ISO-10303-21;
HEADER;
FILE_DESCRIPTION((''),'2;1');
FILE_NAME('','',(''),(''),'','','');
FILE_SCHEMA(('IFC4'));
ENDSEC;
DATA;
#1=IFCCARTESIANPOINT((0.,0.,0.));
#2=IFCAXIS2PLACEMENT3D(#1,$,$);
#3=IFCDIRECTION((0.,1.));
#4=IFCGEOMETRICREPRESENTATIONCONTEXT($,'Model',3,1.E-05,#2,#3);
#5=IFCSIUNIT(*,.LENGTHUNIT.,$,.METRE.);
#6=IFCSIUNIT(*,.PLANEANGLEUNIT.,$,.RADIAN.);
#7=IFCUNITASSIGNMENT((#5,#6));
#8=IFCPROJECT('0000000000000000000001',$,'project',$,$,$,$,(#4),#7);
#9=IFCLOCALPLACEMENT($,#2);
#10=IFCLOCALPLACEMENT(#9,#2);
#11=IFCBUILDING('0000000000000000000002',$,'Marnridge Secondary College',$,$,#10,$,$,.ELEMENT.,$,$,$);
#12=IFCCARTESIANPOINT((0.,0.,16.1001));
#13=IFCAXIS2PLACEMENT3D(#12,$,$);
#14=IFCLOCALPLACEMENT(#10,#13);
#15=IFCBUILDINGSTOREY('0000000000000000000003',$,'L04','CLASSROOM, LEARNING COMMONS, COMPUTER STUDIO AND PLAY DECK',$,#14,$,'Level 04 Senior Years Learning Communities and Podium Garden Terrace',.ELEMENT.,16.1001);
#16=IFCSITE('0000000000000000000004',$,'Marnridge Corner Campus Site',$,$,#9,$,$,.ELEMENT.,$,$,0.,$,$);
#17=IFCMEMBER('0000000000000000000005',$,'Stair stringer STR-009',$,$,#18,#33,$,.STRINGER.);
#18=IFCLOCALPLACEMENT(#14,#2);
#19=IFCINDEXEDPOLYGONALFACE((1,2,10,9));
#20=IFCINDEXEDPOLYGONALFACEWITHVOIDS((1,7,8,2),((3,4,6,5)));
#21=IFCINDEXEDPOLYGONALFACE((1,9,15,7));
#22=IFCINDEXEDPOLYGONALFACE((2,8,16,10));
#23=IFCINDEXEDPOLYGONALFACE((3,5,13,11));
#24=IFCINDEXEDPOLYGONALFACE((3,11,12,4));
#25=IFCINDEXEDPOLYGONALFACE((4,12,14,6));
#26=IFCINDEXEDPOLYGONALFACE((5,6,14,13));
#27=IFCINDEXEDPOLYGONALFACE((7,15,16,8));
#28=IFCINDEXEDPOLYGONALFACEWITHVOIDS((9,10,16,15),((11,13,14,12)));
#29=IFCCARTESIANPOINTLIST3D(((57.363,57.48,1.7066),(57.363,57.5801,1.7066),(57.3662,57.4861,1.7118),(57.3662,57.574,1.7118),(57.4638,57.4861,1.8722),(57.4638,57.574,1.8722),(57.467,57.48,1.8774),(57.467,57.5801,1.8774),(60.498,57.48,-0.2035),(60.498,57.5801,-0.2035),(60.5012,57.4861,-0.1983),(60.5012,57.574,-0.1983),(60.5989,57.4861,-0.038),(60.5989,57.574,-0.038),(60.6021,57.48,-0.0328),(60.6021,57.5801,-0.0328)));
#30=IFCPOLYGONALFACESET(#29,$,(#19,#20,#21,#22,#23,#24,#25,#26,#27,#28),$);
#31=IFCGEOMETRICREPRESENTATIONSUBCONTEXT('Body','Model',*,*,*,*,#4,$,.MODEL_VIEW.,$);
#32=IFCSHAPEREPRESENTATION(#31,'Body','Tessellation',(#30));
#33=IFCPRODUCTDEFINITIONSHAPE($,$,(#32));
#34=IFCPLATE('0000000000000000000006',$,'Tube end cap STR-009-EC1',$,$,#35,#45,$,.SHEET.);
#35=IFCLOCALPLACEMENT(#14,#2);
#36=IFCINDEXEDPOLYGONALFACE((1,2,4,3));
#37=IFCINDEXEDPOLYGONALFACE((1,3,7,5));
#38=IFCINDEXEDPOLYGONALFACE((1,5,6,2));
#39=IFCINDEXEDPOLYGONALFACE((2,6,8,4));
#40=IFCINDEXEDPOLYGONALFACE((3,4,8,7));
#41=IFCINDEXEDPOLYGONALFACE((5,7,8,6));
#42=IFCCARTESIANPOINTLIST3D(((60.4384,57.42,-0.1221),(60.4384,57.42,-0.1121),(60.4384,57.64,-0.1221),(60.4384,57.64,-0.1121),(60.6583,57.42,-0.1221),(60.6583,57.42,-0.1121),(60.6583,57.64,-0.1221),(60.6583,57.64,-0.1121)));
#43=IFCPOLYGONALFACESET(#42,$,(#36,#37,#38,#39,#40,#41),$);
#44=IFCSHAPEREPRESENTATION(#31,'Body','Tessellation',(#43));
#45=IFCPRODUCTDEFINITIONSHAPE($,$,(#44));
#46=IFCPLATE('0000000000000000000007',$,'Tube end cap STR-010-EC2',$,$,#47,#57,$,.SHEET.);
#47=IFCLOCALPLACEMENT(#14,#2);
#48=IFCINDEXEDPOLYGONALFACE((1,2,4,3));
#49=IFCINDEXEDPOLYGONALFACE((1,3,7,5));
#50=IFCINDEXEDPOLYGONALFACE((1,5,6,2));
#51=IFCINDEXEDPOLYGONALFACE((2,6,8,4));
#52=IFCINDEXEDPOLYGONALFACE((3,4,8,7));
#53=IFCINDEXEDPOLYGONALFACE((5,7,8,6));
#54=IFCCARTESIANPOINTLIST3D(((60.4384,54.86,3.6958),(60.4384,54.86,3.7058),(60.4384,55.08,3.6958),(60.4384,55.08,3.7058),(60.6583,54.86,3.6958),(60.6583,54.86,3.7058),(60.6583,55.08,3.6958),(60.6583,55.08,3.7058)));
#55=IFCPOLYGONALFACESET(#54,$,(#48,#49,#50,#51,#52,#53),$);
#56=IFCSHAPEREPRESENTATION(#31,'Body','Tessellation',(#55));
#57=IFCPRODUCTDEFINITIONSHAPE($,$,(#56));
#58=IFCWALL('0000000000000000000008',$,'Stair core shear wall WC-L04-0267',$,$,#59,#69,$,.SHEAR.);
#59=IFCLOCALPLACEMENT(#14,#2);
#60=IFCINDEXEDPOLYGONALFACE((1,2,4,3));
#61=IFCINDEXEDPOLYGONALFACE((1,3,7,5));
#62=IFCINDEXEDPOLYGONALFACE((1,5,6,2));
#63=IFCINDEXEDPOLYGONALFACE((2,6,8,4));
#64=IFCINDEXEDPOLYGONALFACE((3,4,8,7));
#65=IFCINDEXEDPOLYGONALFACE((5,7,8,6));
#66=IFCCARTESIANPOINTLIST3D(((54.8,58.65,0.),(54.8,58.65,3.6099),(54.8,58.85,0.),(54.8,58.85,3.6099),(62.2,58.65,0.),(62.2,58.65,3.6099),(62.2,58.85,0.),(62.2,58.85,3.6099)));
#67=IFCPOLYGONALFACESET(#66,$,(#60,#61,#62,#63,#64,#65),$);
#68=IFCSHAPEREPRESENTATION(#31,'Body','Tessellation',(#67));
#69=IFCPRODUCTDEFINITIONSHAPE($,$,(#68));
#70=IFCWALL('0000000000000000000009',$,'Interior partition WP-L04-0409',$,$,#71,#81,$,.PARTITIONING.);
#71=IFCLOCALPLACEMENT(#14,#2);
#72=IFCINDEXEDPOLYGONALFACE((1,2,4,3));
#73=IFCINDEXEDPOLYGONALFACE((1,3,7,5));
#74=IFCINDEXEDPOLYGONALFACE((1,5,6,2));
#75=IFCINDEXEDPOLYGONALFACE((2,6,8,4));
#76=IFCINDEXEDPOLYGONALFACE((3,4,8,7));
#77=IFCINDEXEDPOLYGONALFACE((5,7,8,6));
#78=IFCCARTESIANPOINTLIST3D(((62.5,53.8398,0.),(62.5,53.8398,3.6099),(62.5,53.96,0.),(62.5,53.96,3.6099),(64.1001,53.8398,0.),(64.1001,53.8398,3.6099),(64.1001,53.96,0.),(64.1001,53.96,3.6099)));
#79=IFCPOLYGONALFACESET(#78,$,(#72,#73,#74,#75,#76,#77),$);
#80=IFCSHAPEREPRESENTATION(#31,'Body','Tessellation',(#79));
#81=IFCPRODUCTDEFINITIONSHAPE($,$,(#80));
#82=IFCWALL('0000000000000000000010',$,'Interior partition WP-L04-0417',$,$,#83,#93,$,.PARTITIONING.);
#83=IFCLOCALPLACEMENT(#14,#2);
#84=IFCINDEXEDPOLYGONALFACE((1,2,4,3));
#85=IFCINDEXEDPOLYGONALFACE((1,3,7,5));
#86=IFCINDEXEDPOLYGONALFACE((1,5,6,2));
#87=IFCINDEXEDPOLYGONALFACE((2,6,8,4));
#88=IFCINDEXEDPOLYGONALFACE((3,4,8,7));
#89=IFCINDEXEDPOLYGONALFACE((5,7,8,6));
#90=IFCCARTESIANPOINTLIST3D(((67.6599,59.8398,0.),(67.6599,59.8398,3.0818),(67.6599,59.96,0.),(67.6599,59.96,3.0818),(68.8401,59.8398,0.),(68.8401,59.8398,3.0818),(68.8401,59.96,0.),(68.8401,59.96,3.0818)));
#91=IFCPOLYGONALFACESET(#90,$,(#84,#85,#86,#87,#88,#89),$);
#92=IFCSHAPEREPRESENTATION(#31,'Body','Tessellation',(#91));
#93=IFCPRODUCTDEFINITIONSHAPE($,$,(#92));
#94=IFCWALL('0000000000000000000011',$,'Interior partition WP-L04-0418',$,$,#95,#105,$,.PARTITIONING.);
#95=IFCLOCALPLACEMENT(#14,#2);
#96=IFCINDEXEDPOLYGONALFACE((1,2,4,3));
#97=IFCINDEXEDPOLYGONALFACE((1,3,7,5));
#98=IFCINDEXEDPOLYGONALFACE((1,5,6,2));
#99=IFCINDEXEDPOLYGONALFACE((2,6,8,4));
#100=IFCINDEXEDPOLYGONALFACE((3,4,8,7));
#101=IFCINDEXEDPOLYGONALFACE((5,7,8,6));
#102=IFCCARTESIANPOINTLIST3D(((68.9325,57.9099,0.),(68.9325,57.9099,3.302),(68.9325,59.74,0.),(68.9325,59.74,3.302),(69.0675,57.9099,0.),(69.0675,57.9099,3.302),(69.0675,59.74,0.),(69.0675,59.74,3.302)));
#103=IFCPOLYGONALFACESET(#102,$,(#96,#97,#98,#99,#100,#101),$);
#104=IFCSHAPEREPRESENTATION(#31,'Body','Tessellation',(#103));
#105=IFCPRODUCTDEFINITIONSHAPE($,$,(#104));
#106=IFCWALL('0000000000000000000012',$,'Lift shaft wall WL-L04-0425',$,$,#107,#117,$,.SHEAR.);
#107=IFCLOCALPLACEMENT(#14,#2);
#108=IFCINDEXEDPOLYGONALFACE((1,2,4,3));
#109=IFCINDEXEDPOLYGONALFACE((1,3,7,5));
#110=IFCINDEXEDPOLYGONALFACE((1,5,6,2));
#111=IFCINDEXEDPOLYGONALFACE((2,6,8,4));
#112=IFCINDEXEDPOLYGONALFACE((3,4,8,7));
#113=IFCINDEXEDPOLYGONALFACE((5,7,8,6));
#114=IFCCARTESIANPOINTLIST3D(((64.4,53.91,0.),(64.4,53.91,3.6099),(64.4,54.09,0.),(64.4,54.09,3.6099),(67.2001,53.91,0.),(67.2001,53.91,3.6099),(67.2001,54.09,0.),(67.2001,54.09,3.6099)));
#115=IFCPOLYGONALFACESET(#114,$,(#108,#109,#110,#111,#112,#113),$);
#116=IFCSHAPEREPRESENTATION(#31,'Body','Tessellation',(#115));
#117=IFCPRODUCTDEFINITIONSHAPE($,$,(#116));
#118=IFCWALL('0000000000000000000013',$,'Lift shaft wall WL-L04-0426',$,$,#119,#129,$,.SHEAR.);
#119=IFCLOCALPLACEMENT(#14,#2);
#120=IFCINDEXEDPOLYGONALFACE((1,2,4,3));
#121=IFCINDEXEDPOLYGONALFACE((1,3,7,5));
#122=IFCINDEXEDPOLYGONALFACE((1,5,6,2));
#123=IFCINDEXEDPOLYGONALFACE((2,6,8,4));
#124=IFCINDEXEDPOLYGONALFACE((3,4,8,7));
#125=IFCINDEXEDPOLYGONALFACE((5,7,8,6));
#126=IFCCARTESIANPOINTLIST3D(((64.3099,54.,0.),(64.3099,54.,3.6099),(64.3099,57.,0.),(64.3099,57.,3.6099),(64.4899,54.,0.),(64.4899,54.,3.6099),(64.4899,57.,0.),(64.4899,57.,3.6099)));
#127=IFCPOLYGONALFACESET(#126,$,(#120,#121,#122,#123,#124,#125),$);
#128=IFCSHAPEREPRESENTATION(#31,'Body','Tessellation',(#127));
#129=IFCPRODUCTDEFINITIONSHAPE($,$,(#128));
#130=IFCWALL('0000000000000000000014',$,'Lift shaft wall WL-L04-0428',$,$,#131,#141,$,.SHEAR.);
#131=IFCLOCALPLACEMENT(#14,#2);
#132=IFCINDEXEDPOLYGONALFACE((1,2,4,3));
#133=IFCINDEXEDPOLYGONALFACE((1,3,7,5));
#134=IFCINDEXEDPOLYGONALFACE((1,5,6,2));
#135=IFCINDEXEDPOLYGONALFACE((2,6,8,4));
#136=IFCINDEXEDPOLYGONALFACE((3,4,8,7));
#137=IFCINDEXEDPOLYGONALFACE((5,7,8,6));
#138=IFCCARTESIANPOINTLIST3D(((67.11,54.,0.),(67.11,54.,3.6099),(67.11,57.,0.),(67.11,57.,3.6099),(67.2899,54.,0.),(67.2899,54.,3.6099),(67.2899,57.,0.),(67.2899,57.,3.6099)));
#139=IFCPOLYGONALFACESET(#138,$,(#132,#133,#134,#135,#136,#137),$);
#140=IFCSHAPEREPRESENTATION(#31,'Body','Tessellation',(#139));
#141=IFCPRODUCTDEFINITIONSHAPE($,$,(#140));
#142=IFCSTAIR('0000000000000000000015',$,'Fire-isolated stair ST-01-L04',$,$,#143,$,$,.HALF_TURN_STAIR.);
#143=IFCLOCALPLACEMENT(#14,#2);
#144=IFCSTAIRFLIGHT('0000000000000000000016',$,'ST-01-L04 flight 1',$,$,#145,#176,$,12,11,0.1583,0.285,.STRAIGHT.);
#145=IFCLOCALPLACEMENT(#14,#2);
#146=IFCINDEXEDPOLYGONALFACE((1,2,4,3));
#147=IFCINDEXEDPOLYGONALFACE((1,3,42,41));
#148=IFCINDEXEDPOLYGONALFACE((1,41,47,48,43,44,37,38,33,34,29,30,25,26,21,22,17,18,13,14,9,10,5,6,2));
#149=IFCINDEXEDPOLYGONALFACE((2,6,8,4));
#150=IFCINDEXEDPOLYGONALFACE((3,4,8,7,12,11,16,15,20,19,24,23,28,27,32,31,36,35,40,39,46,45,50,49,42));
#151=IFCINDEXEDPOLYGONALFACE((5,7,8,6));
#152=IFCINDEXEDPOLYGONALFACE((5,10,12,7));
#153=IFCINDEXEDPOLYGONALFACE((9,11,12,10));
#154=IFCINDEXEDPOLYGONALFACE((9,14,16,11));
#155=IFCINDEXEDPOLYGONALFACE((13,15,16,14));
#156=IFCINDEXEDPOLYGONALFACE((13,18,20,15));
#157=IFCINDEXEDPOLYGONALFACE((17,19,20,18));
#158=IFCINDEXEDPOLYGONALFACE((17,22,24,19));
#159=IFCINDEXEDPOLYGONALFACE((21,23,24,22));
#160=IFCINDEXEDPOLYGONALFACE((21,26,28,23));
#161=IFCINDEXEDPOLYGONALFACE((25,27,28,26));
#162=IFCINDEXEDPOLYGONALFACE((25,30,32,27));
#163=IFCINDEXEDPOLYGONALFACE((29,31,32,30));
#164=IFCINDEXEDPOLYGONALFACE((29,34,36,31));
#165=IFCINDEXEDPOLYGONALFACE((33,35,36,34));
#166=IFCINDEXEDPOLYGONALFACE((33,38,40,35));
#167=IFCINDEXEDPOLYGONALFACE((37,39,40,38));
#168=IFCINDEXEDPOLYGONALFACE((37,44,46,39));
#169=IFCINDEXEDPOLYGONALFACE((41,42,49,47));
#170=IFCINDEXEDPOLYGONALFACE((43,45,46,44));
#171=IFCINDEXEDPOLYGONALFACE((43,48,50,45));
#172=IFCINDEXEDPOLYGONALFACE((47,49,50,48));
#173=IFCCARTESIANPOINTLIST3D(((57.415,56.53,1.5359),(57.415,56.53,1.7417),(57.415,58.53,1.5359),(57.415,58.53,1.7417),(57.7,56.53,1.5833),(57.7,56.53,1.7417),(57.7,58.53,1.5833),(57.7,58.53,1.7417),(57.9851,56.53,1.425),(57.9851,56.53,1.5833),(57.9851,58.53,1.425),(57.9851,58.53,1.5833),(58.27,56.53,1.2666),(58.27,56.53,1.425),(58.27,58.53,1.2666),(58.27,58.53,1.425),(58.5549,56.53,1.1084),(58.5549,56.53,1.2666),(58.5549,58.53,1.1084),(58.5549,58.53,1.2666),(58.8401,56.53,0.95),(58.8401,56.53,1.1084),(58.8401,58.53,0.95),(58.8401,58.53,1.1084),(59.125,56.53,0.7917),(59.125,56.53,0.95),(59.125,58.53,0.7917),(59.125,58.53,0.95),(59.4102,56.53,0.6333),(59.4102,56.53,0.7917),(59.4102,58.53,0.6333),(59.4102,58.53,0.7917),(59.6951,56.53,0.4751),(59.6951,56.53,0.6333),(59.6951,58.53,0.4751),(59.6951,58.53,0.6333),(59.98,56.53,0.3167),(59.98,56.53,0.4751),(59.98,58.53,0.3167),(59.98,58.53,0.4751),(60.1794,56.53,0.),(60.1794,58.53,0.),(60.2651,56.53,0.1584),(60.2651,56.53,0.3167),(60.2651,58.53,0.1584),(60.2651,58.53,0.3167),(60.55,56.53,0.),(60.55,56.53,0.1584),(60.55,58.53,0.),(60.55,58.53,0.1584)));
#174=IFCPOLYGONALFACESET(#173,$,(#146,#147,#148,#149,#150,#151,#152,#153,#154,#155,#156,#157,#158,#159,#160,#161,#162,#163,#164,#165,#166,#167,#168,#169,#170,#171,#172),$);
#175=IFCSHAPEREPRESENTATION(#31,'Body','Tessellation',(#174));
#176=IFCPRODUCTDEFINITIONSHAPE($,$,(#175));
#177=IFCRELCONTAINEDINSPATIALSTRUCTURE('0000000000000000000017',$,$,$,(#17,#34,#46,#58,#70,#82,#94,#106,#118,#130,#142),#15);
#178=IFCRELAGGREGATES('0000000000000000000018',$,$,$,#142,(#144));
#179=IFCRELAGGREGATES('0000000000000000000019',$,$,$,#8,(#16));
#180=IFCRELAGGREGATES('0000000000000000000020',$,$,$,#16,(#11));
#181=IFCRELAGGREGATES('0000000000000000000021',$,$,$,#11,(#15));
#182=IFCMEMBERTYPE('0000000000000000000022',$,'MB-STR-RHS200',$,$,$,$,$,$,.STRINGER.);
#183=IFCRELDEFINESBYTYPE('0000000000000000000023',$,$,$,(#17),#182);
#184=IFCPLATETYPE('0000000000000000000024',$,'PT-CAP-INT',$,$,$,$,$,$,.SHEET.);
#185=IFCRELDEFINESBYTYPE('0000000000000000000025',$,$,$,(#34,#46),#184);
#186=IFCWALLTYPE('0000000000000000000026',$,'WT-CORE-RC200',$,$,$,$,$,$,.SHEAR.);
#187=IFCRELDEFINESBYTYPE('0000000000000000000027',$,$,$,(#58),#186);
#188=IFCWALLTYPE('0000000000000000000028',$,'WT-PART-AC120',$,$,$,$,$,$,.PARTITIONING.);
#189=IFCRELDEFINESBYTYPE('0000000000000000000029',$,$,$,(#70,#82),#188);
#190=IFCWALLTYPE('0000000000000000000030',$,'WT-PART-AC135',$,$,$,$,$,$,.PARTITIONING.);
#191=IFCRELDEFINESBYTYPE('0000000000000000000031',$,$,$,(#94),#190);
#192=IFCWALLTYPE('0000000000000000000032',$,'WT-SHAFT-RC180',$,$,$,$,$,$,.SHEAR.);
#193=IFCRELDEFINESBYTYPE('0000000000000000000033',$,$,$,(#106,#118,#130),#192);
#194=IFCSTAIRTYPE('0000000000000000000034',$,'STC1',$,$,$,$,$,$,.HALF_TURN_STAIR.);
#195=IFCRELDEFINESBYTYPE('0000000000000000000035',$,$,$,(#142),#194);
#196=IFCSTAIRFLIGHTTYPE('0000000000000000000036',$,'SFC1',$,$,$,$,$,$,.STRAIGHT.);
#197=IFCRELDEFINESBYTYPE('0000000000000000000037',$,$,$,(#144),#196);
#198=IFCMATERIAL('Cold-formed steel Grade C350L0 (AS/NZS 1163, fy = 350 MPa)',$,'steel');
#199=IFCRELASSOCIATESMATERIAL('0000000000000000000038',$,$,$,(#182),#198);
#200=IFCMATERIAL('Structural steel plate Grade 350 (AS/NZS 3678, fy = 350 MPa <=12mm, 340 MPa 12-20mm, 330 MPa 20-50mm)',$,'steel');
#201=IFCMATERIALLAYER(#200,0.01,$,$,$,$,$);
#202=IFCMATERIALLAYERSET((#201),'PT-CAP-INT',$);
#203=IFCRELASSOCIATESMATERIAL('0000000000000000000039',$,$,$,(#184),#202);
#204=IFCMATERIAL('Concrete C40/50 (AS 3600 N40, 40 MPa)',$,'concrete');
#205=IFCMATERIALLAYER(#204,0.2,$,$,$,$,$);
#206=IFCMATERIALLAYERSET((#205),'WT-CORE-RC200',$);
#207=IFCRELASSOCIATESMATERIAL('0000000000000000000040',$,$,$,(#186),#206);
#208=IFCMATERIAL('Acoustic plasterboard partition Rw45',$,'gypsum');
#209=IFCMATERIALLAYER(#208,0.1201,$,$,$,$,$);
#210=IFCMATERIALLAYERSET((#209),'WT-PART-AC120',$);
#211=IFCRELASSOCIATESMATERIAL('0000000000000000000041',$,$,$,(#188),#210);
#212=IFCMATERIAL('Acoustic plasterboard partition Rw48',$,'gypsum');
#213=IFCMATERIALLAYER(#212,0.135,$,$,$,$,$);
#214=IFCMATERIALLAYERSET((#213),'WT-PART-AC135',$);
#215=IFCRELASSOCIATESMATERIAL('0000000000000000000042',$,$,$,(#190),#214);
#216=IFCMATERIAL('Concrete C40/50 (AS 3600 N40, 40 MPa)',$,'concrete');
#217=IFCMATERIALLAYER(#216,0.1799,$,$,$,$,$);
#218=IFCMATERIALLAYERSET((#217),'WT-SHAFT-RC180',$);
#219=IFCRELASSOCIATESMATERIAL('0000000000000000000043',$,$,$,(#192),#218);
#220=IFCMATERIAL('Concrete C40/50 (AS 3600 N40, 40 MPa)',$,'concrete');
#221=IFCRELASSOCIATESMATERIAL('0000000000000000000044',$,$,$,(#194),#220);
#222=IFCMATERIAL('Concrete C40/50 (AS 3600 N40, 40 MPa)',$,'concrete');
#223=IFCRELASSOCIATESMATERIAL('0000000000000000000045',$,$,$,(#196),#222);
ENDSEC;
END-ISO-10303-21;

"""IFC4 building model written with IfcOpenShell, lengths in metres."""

from ifc_helpers import new_model, si_unit, direction, frame, frame_2d, origin, origin_2d, place, context, subcontext, project, spatial, polyline, rectangle, hollow_rectangle, outline, extrude, material, layer, layer_set, material_profile, profile_set, type_object, element, aggregate, save


model = new_model("IFC4")

# Units and contexts
model_context = context("Model", 3, precision=1e-05, world=origin(), true_north=direction((0.0, 1.0)))
body_context = subcontext(model_context, "Body", "Model", "MODEL_VIEW")
ifc_project = project(units=[si_unit("LENGTHUNIT", "METRE"), si_unit("PLANEANGLEUNIT", "RADIAN")], contexts=[model_context])

# Site, building, storey
site_placement = place(None, origin())
site = spatial("IfcSite", under=ifc_project, at=site_placement, Name="Marnridge Corner Campus Site", CompositionType="ELEMENT", RefElevation=0.0)
building_placement = place(site_placement, origin())
building = spatial("IfcBuilding", under=site, at=building_placement, Name="Marnridge Secondary College", CompositionType="ELEMENT")
storey_placement = place(building_placement, frame((0.0, 0.0, 16.1001)))
storey = spatial("IfcBuildingStorey", under=building, at=storey_placement, Name="L04", Description="CLASSROOM, LEARNING COMMONS, COMPUTER STUDIO AND PLAY DECK", LongName="Level 04 Senior Years Learning Communities and Podium Garden Terrace", CompositionType="ELEMENT", Elevation=16.1001)

# Member
ifc_material_1 = material(Name="Cold-formed steel Grade C350L0 (AS/NZS 1163, fy = 350 MPa)", Category="steel")
ifc_material_profile_1 = material_profile(ifc_material_1, hollow_rectangle(XDim=0.1001, YDim=0.2, WallThickness=0.0061, at=origin_2d()), Name="200x100x6.0RHS")
ifc_profile_set_1 = profile_set([ifc_material_profile_1], Name="Cold-formed steel Grade C350L0 (AS/NZS 1163, fy = 350 MPa)")
member_type_1 = type_object("IfcMemberType", Name="MB-STR-RHS200", PredefinedType="STRINGER", material=ifc_profile_set_1)
member_1_placement = place(storey_placement, frame((60.55, 57.53, -0.1182), z_axis=(-0.85397, 0.0, 0.520322), x_axis=(0.0, -1.0, 0.0)))
element("IfcMember", 1, at=member_1_placement, inside=storey, type_object=member_type_1, Name="Stair stringer STR-009", PredefinedType="STRINGER", context=body_context, shape_type="SweptSolid", body=[
    extrude(hollow_rectangle(XDim=0.1001, YDim=0.2, WallThickness=0.0061, at=origin_2d()), origin(), (0.0, 0.0, 1.0), 3.6711),
])

# Plates
ifc_material_2 = material(Name="Structural steel plate Grade 350 (AS/NZS 3678, fy = 350 MPa <=12mm, 340 MPa 12-20mm, 330 MPa 20-50mm)", Category="steel")
ifc_layer_1 = layer(ifc_material_2, 0.01)
ifc_layer_set_1 = layer_set([ifc_layer_1], Name="PT-CAP-INT")
plate_type = type_object("IfcPlateType", Name="PT-CAP-INT", PredefinedType="SHEET", material=ifc_layer_set_1)
for number, where, z_axis, x_axis, name in (
    (2, (60.5483, 57.53, -0.1221), (0.0, 0.0, 1.0), (-1.0, 0.0, 0.0), "Tube end cap STR-009-EC1"),
    (3, (60.5483, 54.97, 3.6958), (0.0, 0.0, 1.0), (1.0, 0.0, 0.0), "Tube end cap STR-010-EC2"),
):
    element("IfcPlate", number, at=place(storey_placement, frame(where, z_axis=z_axis, x_axis=x_axis)), inside=storey, type_object=plate_type, Name=name, PredefinedType="SHEET", context=body_context, shape_type="SweptSolid", body=[
        extrude(rectangle(XDim=0.22, YDim=0.22, at=origin_2d()), origin(), (0.0, 0.0, 1.0), 0.01),
    ])

# Shared definitions
ifc_material_3 = material(Name="Concrete C40/50 (AS 3600 N40, 40 MPa)", Category="concrete")
ifc_layer_2 = layer(ifc_material_3, 0.2)
ifc_layer_set_2 = layer_set([ifc_layer_2], Name="WT-CORE-RC200")
wall_type_1 = type_object("IfcWallType", Name="WT-CORE-RC200", PredefinedType="SHEAR", material=ifc_layer_set_2)

# Walls
wall_1_placement = place(storey_placement, frame((62.2, 58.75, 0.0), z_axis=(0.0, 0.0, 1.0), x_axis=(-1.0, 0.0, 0.0)))
element("IfcWall", 4, at=wall_1_placement, inside=storey, type_object=wall_type_1, Name="Stair core shear wall WC-L04-0267", PredefinedType="SHEAR", context=body_context, shape_type="SweptSolid", body=[
    extrude(rectangle(XDim=7.3999, YDim=0.2, at=frame_2d((3.7, 0.0))), origin(), (0.0, 0.0, 1.0), 3.6099),
])
ifc_material_4 = material(Name="Acoustic plasterboard partition Rw45", Category="gypsum")
ifc_layer_3 = layer(ifc_material_4, 0.1201)
ifc_layer_set_3 = layer_set([ifc_layer_3], Name="WT-PART-AC120")
wall_type_2 = type_object("IfcWallType", Name="WT-PART-AC120", PredefinedType="PARTITIONING", material=ifc_layer_set_3)
wall_2_placement = place(storey_placement, frame((64.1001, 53.8999, 0.0), z_axis=(0.0, 0.0, 1.0), x_axis=(-1.0, 0.0, 0.0)))
element("IfcWall", 5, at=wall_2_placement, inside=storey, type_object=wall_type_2, Name="Interior partition WP-L04-0409", PredefinedType="PARTITIONING", context=body_context, shape_type="SweptSolid", body=[
    extrude(rectangle(XDim=1.6001, YDim=0.1201, at=frame_2d((0.8, 0.0))), origin(), (0.0, 0.0, 1.0), 3.6099),
])
wall_3_placement = place(storey_placement, frame((67.6599, 59.8999, 0.0), z_axis=(0.0, 0.0, 1.0), x_axis=(1.0, 0.0, 0.0)))
element("IfcWall", 6, at=wall_3_placement, inside=storey, type_object=wall_type_2, Name="Interior partition WP-L04-0417", PredefinedType="PARTITIONING", context=body_context, shape_type="SweptSolid", body=[
    extrude(rectangle(XDim=1.1802, YDim=0.1201, at=frame_2d((0.5901, 0.0))), origin(), (0.0, 0.0, 1.0), 3.0818),
])

# Walls
ifc_material_5 = material(Name="Acoustic plasterboard partition Rw48", Category="gypsum")
ifc_layer_4 = layer(ifc_material_5, 0.135)
ifc_layer_set_4 = layer_set([ifc_layer_4], Name="WT-PART-AC135")
wall_type_3 = type_object("IfcWallType", Name="WT-PART-AC135", PredefinedType="PARTITIONING", material=ifc_layer_set_4)
wall_4_placement = place(storey_placement, frame((69.0, 59.74, 0.0), z_axis=(0.0, 0.0, 1.0), x_axis=(0.0, -1.0, 0.0)))
element("IfcWall", 7, at=wall_4_placement, inside=storey, type_object=wall_type_3, Name="Interior partition WP-L04-0418", PredefinedType="PARTITIONING", context=body_context, shape_type="SweptSolid", body=[
    extrude(rectangle(XDim=1.8301, YDim=0.135, at=frame_2d((0.915, 0.0))), origin(), (0.0, 0.0, 1.0), 3.302),
])
ifc_material_6 = material(Name="Concrete C40/50 (AS 3600 N40, 40 MPa)", Category="concrete")
ifc_layer_5 = layer(ifc_material_6, 0.1799)
ifc_layer_set_5 = layer_set([ifc_layer_5], Name="WT-SHAFT-RC180")
wall_type_4 = type_object("IfcWallType", Name="WT-SHAFT-RC180", PredefinedType="SHEAR", material=ifc_layer_set_5)
wall_5_placement = place(storey_placement, frame((67.2, 54.0, 0.0), z_axis=(0.0, 0.0, 1.0), x_axis=(-1.0, 0.0, 0.0)))
element("IfcWall", 8, at=wall_5_placement, inside=storey, type_object=wall_type_4, Name="Lift shaft wall WL-L04-0425", PredefinedType="SHEAR", context=body_context, shape_type="SweptSolid", body=[
    extrude(rectangle(XDim=2.8, YDim=0.1799, at=frame_2d((1.3999, 0.0))), origin(), (0.0, 0.0, 1.0), 3.6099),
])
wall_6_placement = place(storey_placement, frame((64.3999, 54.0, 0.0), z_axis=(0.0, 0.0, 1.0), x_axis=(0.0, 1.0, 0.0)))
element("IfcWall", 9, at=wall_6_placement, inside=storey, type_object=wall_type_4, Name="Lift shaft wall WL-L04-0426", PredefinedType="SHEAR", context=body_context, shape_type="SweptSolid", body=[
    extrude(rectangle(XDim=3.0, YDim=0.1799, at=frame_2d((1.5, 0.0))), origin(), (0.0, 0.0, 1.0), 3.6099),
])

# Wall
wall_7_placement = place(storey_placement, frame((67.2, 57.0, 0.0), z_axis=(0.0, 0.0, 1.0), x_axis=(0.0, -1.0, 0.0)))
element("IfcWall", 10, at=wall_7_placement, inside=storey, type_object=wall_type_4, Name="Lift shaft wall WL-L04-0428", PredefinedType="SHEAR", context=body_context, shape_type="SweptSolid", body=[
    extrude(rectangle(XDim=3.0, YDim=0.1799, at=frame_2d((1.5, 0.0))), origin(), (0.0, 0.0, 1.0), 3.6099),
])

# Stair, stair flight
ifc_material_7 = material(Name="Concrete C40/50 (AS 3600 N40, 40 MPa)", Category="concrete")
stair_type = type_object("IfcStairType", Name="STC1", PredefinedType="HALF_TURN_STAIR", material=ifc_material_7)
stair_placement = place(storey_placement, origin())
stair = element("IfcStair", 11, at=stair_placement, inside=storey, type_object=stair_type, Name="Fire-isolated stair ST-01-L04", PredefinedType="HALF_TURN_STAIR")
ifc_material_8 = material(Name="Concrete C40/50 (AS 3600 N40, 40 MPa)", Category="concrete")
stair_flight_type = type_object("IfcStairFlightType", Name="SFC1", PredefinedType="STRAIGHT", material=ifc_material_8)
stair_flight_placement = place(storey_placement, frame((60.55, 57.53, 0.0), z_axis=(0.0, 0.0, 1.0), x_axis=(-1.0, 0.0, 0.0)))
stair_flight = element("IfcStairFlight", 12, at=stair_flight_placement, type_object=stair_flight_type, Name="ST-01-L04 flight 1", NumberOfRisers=12, NumberOfTreads=11, PredefinedType="STRAIGHT", RiserHeight=0.1583, TreadLength=0.285, context=body_context, shape_type="SweptSolid", body=[
    extrude(outline(polyline([(0.0, 0.0), (0.0, 0.1584), (0.2849, 0.1584), (0.2849, 0.3167), (0.5701, 0.3167), (0.5701, 0.4751), (0.855, 0.4751), (0.855, 0.6333), (1.1399, 0.6333), (1.1399, 0.7917), (1.425, 0.7917), (1.425, 0.95), (1.71, 0.95), (1.71, 1.1084), (1.9951, 1.1084), (1.9951, 1.2666), (2.28, 1.2666), (2.28, 1.425), (2.5649, 1.425), (2.5649, 1.5833), (2.8501, 1.5833), (2.8501, 1.7417), (3.135, 1.7417), (3.135, 1.8999), (3.135, 1.5359), (0.3706, 0.0), (0.0, 0.0)])), frame((0.0, 1.0, 0.0), z_axis=(0.0, -1.0, 0.0), x_axis=(1.0, 0.0, 0.0)), (0.0, 0.0, 1.0), 2.0),
])
aggregate(stair, [stair_flight])

save(model, "model.ifc")
